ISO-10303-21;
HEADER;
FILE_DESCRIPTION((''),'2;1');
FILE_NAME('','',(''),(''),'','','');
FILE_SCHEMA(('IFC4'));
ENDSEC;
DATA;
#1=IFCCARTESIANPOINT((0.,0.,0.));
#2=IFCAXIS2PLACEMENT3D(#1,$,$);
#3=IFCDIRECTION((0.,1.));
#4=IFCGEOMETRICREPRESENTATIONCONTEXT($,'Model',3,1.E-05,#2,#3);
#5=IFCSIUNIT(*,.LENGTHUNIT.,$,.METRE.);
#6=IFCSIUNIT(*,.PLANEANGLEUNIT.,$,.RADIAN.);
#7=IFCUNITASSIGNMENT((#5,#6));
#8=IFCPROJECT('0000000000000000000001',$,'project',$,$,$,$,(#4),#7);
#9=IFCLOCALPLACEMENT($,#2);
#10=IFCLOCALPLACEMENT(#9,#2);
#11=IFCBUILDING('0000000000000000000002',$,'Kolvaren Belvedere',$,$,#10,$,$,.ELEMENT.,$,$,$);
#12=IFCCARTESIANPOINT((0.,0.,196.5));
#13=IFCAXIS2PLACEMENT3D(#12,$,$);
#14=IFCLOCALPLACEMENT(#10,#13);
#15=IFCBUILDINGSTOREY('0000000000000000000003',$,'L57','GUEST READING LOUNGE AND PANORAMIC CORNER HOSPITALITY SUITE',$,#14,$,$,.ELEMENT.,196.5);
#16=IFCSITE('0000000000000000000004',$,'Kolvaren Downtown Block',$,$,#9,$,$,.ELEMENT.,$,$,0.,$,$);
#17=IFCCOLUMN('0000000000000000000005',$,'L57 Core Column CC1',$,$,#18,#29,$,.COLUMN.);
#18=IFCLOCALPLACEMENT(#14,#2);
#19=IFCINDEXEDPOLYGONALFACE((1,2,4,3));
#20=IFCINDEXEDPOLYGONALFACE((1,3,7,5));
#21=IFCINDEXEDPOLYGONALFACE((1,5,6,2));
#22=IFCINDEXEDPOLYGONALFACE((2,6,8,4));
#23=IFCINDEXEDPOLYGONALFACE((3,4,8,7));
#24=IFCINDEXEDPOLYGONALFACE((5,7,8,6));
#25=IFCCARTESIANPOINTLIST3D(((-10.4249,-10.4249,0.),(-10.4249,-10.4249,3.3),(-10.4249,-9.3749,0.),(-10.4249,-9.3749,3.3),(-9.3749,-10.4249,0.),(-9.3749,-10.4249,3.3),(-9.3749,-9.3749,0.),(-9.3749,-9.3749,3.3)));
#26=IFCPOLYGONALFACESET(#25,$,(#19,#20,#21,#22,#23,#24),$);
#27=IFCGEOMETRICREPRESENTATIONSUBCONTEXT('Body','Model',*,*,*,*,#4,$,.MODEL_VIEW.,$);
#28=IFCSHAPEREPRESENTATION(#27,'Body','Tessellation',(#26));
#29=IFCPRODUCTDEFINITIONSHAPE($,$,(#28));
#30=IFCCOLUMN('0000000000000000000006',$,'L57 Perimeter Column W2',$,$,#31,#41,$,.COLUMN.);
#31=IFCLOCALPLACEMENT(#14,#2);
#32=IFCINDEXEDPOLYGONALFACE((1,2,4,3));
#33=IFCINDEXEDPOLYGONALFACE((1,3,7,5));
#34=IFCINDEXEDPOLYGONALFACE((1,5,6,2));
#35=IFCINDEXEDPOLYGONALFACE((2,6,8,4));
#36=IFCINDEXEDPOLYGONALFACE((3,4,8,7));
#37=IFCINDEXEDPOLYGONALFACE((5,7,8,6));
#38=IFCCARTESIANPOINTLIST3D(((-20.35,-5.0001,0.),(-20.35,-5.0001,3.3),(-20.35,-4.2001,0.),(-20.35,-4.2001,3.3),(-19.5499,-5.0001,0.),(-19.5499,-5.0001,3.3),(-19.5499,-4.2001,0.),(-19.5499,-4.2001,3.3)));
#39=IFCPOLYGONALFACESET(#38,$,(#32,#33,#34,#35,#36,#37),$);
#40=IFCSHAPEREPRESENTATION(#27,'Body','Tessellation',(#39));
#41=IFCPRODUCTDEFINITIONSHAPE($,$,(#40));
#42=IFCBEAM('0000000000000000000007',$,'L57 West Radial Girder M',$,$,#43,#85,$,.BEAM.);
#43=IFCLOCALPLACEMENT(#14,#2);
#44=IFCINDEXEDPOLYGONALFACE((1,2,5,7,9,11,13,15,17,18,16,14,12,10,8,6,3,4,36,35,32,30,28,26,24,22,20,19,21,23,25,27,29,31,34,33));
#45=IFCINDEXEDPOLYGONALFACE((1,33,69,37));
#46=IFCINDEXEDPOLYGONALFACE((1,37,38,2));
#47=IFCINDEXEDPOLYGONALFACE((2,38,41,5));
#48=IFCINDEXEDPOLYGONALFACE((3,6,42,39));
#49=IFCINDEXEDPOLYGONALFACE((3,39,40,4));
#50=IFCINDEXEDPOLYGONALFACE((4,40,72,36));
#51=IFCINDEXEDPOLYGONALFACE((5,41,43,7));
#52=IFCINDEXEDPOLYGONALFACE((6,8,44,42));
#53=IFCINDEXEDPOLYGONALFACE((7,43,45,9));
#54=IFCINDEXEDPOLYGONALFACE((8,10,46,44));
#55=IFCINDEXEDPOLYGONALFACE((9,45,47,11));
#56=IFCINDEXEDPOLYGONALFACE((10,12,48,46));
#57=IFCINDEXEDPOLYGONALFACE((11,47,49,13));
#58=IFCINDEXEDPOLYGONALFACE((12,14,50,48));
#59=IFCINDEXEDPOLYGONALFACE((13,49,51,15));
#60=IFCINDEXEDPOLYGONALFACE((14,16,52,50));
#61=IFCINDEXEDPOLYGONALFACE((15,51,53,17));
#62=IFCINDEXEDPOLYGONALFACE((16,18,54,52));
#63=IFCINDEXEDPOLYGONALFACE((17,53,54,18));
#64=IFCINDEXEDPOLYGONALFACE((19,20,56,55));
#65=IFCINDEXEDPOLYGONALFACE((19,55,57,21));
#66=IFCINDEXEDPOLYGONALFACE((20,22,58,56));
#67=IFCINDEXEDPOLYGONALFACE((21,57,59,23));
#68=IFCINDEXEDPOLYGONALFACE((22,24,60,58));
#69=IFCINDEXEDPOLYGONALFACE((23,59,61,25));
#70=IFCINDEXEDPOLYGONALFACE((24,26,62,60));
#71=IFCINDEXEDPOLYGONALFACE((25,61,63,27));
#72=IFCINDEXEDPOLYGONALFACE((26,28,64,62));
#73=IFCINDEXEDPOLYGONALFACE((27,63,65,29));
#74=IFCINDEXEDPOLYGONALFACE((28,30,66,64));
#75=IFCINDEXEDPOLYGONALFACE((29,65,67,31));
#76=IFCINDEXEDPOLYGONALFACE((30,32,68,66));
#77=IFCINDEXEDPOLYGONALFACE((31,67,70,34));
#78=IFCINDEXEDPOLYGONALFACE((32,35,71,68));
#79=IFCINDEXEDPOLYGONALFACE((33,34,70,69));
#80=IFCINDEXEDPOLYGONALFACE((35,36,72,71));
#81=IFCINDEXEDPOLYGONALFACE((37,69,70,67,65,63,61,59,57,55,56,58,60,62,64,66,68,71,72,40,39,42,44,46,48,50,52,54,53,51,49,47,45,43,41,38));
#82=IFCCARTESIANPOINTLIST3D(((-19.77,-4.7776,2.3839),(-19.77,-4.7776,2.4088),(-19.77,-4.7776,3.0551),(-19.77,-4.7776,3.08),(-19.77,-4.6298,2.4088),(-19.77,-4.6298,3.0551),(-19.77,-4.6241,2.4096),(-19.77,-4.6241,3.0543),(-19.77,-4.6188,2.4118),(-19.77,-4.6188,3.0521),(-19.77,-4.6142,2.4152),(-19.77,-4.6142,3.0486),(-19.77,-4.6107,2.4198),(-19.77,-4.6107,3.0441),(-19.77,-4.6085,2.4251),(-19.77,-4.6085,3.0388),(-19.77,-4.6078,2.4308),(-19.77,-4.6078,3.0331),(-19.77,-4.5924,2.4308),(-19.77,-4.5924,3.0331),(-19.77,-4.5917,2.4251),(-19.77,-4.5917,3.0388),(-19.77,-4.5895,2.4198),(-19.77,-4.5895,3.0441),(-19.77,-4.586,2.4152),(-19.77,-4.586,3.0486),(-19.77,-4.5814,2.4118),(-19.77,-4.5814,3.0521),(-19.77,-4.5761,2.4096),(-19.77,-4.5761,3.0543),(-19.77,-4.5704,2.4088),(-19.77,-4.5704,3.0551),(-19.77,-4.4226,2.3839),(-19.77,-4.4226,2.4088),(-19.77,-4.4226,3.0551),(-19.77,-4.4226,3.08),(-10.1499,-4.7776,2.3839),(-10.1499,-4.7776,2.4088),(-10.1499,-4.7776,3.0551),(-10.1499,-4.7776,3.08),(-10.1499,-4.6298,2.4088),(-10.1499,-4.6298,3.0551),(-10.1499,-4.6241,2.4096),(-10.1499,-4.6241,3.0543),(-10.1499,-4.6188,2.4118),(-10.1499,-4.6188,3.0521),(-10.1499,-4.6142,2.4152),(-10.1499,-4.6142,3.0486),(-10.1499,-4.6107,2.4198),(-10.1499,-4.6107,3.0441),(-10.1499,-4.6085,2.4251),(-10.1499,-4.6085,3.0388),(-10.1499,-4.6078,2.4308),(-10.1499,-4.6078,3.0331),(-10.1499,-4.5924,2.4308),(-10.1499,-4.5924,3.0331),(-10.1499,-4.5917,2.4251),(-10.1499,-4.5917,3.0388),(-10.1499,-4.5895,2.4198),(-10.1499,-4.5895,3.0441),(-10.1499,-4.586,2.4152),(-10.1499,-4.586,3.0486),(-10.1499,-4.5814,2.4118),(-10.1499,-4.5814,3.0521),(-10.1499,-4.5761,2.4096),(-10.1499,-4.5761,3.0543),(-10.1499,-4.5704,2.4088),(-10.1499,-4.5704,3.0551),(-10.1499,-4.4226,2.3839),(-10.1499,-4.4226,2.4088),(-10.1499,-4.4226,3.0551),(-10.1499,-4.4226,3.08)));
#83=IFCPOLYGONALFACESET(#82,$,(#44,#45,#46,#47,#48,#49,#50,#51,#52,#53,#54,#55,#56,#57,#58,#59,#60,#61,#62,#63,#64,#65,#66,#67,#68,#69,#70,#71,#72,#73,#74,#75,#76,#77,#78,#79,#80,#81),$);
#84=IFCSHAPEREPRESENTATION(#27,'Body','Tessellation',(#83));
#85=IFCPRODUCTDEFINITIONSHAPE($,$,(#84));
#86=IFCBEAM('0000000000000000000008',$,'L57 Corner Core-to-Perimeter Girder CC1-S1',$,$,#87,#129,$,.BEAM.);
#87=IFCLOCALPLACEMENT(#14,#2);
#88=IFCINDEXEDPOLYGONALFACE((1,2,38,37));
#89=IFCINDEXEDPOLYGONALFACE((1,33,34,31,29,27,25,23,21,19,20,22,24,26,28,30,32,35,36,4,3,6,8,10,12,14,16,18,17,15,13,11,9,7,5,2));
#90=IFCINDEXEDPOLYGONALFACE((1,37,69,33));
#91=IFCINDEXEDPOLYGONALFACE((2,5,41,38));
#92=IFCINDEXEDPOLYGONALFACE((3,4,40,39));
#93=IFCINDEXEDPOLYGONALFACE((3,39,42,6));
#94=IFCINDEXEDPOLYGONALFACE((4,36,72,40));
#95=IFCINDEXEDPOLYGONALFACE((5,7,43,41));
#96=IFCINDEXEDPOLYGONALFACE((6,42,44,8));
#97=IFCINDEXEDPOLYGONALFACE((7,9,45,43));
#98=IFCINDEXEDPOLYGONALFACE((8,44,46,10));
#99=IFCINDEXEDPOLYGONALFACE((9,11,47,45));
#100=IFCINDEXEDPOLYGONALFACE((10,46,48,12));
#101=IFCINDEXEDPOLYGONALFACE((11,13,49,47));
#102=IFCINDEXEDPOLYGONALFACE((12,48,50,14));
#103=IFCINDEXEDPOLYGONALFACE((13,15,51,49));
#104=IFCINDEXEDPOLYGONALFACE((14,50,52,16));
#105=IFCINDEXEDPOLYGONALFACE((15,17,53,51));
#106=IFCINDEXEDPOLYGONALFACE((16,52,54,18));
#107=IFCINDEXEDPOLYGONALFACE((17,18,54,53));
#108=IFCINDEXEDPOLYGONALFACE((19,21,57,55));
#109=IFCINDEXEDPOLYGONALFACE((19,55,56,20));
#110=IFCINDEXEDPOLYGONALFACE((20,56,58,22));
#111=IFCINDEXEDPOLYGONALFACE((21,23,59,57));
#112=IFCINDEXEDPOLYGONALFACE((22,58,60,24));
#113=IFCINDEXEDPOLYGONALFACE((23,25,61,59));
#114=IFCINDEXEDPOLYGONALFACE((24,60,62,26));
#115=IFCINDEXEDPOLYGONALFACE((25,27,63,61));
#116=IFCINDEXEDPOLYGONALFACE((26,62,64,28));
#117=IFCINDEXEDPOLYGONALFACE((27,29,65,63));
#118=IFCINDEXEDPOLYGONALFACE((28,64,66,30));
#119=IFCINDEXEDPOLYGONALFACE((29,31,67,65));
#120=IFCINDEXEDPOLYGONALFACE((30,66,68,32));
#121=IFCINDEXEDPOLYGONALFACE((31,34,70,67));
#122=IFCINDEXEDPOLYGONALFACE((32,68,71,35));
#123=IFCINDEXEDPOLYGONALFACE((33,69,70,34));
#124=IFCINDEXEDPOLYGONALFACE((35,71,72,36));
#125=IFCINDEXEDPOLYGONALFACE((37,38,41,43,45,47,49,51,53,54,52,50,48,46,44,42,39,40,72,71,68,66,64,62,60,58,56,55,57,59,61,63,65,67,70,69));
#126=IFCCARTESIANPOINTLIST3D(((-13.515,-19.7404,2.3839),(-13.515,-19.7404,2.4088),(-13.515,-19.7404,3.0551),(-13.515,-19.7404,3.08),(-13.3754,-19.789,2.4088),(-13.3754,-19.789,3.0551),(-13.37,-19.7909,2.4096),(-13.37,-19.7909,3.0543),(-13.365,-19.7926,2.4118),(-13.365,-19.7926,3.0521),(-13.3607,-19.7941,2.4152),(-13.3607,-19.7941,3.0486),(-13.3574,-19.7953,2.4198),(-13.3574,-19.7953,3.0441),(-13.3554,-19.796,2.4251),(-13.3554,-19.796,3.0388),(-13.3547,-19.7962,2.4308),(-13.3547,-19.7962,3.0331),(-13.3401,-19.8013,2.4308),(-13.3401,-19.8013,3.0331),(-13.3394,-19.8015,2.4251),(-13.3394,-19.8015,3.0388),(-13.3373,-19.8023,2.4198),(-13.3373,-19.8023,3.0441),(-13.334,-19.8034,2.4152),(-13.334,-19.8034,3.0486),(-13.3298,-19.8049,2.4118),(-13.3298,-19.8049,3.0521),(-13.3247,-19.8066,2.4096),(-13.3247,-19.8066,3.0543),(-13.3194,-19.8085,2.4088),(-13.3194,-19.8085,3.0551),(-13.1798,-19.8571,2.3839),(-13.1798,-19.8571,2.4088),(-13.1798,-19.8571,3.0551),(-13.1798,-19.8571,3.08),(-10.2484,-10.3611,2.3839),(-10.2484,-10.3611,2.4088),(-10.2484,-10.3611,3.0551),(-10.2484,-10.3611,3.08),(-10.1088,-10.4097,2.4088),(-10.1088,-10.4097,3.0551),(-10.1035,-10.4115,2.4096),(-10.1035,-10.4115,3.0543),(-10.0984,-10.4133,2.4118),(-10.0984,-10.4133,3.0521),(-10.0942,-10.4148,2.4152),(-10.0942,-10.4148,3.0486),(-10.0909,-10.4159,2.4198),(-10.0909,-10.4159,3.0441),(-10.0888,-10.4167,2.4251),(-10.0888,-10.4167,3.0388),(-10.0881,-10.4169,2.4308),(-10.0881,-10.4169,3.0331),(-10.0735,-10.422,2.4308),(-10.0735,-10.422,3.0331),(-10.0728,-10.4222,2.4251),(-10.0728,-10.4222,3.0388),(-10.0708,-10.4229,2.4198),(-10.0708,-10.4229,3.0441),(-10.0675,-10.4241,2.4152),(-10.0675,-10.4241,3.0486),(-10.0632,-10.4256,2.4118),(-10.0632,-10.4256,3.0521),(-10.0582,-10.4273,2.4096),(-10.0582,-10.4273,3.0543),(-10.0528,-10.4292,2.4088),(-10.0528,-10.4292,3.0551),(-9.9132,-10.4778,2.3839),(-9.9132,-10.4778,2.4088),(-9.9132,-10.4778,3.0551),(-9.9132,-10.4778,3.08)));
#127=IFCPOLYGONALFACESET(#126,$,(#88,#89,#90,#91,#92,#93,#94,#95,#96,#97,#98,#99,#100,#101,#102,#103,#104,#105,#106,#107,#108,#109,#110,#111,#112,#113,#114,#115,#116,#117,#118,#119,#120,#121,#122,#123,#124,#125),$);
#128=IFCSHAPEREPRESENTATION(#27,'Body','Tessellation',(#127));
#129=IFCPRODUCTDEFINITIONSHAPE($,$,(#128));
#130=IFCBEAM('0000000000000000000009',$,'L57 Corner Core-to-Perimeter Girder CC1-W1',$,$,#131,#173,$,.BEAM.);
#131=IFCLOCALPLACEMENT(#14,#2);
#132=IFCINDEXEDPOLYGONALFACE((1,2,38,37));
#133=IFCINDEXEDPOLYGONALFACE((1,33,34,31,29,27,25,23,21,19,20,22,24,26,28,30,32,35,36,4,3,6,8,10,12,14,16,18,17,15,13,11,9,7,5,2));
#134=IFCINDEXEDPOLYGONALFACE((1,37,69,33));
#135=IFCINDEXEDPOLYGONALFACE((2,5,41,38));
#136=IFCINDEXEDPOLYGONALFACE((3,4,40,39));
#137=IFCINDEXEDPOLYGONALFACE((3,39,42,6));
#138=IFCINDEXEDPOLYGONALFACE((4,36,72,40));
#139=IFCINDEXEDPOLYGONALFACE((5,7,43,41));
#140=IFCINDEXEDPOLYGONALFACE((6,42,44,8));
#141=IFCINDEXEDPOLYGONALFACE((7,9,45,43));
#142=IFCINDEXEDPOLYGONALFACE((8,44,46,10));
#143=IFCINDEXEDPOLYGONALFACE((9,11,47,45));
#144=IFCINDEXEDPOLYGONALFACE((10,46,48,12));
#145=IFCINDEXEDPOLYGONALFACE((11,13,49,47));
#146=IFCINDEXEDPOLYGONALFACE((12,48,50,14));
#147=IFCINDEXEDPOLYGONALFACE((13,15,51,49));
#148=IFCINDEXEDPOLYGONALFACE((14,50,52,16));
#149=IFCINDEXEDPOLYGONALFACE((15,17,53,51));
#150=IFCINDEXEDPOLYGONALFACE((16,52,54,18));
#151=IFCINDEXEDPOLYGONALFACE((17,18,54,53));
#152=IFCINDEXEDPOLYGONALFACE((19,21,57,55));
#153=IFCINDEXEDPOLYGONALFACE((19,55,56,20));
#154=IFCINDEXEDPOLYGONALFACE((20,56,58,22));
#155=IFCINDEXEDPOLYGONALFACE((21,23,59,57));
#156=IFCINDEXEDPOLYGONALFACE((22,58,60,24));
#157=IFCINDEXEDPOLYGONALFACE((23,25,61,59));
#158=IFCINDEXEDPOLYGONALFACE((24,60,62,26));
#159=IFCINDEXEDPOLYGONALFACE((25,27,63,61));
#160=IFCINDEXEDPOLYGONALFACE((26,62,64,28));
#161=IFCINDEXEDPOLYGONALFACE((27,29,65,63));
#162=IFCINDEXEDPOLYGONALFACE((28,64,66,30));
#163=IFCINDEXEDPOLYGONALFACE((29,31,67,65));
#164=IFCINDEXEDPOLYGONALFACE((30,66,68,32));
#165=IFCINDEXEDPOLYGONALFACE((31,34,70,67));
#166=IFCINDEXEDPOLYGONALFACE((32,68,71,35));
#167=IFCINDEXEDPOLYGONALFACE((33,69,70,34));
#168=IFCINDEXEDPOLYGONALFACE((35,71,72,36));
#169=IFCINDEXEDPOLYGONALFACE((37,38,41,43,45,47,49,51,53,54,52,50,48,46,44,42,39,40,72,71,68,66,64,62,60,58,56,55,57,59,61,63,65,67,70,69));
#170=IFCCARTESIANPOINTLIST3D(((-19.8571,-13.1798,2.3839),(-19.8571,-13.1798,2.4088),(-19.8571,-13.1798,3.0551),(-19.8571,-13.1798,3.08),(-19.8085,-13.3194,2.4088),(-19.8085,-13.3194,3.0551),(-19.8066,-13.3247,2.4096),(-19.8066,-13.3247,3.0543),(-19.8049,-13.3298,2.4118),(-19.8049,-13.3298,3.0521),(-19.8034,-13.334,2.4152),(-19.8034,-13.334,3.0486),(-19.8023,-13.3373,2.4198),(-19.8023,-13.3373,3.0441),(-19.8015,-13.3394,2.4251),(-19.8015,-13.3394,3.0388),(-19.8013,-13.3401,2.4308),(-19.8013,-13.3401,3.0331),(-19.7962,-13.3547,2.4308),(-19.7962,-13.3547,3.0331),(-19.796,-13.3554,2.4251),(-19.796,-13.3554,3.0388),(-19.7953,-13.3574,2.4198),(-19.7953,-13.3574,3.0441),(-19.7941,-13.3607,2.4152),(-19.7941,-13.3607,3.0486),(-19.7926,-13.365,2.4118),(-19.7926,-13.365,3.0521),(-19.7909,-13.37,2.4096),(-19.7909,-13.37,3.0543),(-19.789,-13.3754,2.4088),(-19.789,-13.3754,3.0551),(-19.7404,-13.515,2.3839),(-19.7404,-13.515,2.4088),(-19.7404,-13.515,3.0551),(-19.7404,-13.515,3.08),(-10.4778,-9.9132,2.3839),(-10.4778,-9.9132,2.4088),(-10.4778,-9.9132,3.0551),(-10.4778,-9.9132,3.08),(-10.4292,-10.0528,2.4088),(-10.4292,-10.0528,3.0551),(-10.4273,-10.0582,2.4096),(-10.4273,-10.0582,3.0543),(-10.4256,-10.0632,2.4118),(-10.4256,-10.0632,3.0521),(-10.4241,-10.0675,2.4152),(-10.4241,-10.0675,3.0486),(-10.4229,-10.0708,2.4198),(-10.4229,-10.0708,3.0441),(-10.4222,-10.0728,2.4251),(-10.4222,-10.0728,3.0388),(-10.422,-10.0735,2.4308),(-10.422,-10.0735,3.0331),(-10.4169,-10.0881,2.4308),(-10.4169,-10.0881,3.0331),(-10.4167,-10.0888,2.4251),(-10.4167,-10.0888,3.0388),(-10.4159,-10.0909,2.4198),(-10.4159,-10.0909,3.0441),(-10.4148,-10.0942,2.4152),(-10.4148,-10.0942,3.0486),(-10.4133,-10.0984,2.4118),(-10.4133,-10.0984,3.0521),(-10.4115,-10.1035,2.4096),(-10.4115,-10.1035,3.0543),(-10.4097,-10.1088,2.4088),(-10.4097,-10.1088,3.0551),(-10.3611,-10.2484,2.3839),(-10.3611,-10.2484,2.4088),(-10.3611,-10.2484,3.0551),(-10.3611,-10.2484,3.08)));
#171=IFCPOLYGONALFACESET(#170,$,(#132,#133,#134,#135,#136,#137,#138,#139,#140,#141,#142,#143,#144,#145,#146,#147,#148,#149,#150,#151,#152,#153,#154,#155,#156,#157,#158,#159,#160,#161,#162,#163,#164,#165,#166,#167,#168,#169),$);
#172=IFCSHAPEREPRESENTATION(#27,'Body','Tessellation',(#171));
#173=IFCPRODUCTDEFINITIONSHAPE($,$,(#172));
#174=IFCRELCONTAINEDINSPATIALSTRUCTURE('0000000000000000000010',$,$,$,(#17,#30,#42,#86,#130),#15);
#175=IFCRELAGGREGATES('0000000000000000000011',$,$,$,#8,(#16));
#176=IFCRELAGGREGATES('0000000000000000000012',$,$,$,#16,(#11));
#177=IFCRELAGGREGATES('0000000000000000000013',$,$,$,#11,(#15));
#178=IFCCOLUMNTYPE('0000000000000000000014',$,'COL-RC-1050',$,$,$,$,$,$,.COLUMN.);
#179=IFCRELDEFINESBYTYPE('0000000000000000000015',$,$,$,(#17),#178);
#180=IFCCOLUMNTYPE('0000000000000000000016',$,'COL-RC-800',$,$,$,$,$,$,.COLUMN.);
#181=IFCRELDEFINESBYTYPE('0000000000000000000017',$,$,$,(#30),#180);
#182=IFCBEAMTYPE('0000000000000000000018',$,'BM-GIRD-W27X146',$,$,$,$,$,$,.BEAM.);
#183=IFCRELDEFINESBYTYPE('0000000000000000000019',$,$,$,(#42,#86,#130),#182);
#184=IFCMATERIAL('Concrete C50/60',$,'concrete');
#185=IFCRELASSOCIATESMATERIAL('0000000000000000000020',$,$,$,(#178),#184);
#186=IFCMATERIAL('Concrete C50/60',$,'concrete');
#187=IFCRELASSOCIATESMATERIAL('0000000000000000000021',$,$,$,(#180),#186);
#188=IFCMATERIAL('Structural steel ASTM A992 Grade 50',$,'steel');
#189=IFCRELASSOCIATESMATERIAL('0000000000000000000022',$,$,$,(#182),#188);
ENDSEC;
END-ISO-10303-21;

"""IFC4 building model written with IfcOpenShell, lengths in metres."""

from ifc_helpers import new_model, si_unit, direction, frame, origin, origin_2d, place, context, subcontext, project, spatial, rectangle, i_section, extrude, material, material_profile, profile_set, type_object, element, save


model = new_model("IFC4")

# Units and contexts
model_context = context("Model", 3, precision=1e-05, world=origin(), true_north=direction((0.0, 1.0)))
body_context = subcontext(model_context, "Body", "Model", "MODEL_VIEW")
ifc_project = project(units=[si_unit("LENGTHUNIT", "METRE"), si_unit("PLANEANGLEUNIT", "RADIAN")], contexts=[model_context])

# Site, building, storey
site_placement = place(None, origin())
site = spatial("IfcSite", under=ifc_project, at=site_placement, Name="Kolvaren Downtown Block", CompositionType="ELEMENT", RefElevation=0.0)
building_placement = place(site_placement, origin())
building = spatial("IfcBuilding", under=site, at=building_placement, Name="Kolvaren Belvedere", CompositionType="ELEMENT")
storey_placement = place(building_placement, frame((0.0, 0.0, 196.5)))
storey = spatial("IfcBuildingStorey", under=building, at=storey_placement, Name="L57", Description="GUEST READING LOUNGE AND PANORAMIC CORNER HOSPITALITY SUITE", CompositionType="ELEMENT", Elevation=196.5)

# Columns
ifc_material_1 = material(Name="Concrete C50/60", Category="concrete")
ifc_material_profile_1 = material_profile(ifc_material_1, rectangle(XDim=1.05, YDim=1.05, at=origin_2d()), Name="RC 1050X1050")
ifc_profile_set_1 = profile_set([ifc_material_profile_1], Name="Concrete C50/60")
column_type_1 = type_object("IfcColumnType", Name="COL-RC-1050", PredefinedType="COLUMN", material=ifc_profile_set_1)
column_1_placement = place(storey_placement, frame((-9.8999, -9.8999, 0.0), z_axis=(0.0, 0.0, 1.0), x_axis=(1.0, 0.0, 0.0)))
element("IfcColumn", 1, at=column_1_placement, inside=storey, type_object=column_type_1, Name="L57 Core Column CC1", PredefinedType="COLUMN", context=body_context, shape_type="SweptSolid", body=[
    extrude(rectangle(XDim=1.05, YDim=1.05, at=origin_2d()), origin(), (0.0, 0.0, 1.0), 3.3),
])
ifc_material_2 = material(Name="Concrete C50/60", Category="concrete")
ifc_material_profile_2 = material_profile(ifc_material_2, rectangle(XDim=0.8, YDim=0.8, at=origin_2d()), Name="RC 800X800")
ifc_profile_set_2 = profile_set([ifc_material_profile_2], Name="Concrete C50/60")
column_type_2 = type_object("IfcColumnType", Name="COL-RC-800", PredefinedType="COLUMN", material=ifc_profile_set_2)
column_2_placement = place(storey_placement, frame((-19.95, -4.6001, 0.0), z_axis=(0.0, 0.0, 1.0), x_axis=(1.0, 0.0, 0.0)))
element("IfcColumn", 2, at=column_2_placement, inside=storey, type_object=column_type_2, Name="L57 Perimeter Column W2", PredefinedType="COLUMN", context=body_context, shape_type="SweptSolid", body=[
    extrude(rectangle(XDim=0.8, YDim=0.8, at=origin_2d()), origin(), (0.0, 0.0, 1.0), 3.3),
])

# Beams
ifc_material_3 = material(Name="Structural steel ASTM A992 Grade 50", Category="steel")
ifc_material_profile_3 = material_profile(ifc_material_3, i_section(OverallWidth=0.355, OverallDepth=0.696, WebThickness=0.0154, FlangeThickness=0.0249, FilletRadius=0.022, at=origin_2d()), Name="W27X146")
ifc_profile_set_3 = profile_set([ifc_material_profile_3], Name="Structural steel ASTM A992 Grade 50")
beam_type_1 = type_object("IfcBeamType", Name="BM-GIRD-W27X146", PredefinedType="BEAM", material=ifc_profile_set_3)
beam_1_placement = place(storey_placement, frame((-10.1499, -4.6001, 2.7319), z_axis=(-1.0, 0.0, 0.0), x_axis=(0.0, -1.0, 0.0)))
element("IfcBeam", 3, at=beam_1_placement, inside=storey, type_object=beam_type_1, Name="L57 West Radial Girder M", PredefinedType="BEAM", context=body_context, shape_type="SweptSolid", body=[
    extrude(i_section(OverallWidth=0.355, OverallDepth=0.696, WebThickness=0.0154, FlangeThickness=0.0249, FilletRadius=0.022, at=origin_2d()), origin(), (0.0, 0.0, 1.0), 9.6201),
])
for number, where, z_axis, x_axis, name in (
    (4, (-10.0808, -10.4194, 2.7319), (-0.328898, -0.944365, 0.0), (0.944365, -0.328898, 0.0), "L57 Corner Core-to-Perimeter Girder CC1-S1"),
    (5, (-10.4194, -10.0808, 2.7319), (-0.944365, -0.328898, 0.0), (0.328898, -0.944365, 0.0), "L57 Corner Core-to-Perimeter Girder CC1-W1"),
):
    element("IfcBeam", number, at=place(storey_placement, frame(where, z_axis=z_axis, x_axis=x_axis)), inside=storey, type_object=beam_type_1, Name=name, PredefinedType="BEAM", context=body_context, shape_type="SweptSolid", body=[
        extrude(i_section(OverallWidth=0.355, OverallDepth=0.696, WebThickness=0.0154, FlangeThickness=0.0249, FilletRadius=0.022, at=origin_2d()), origin(), (0.0, 0.0, 1.0), 9.9319),
    ])

save(model, "model.ifc")
